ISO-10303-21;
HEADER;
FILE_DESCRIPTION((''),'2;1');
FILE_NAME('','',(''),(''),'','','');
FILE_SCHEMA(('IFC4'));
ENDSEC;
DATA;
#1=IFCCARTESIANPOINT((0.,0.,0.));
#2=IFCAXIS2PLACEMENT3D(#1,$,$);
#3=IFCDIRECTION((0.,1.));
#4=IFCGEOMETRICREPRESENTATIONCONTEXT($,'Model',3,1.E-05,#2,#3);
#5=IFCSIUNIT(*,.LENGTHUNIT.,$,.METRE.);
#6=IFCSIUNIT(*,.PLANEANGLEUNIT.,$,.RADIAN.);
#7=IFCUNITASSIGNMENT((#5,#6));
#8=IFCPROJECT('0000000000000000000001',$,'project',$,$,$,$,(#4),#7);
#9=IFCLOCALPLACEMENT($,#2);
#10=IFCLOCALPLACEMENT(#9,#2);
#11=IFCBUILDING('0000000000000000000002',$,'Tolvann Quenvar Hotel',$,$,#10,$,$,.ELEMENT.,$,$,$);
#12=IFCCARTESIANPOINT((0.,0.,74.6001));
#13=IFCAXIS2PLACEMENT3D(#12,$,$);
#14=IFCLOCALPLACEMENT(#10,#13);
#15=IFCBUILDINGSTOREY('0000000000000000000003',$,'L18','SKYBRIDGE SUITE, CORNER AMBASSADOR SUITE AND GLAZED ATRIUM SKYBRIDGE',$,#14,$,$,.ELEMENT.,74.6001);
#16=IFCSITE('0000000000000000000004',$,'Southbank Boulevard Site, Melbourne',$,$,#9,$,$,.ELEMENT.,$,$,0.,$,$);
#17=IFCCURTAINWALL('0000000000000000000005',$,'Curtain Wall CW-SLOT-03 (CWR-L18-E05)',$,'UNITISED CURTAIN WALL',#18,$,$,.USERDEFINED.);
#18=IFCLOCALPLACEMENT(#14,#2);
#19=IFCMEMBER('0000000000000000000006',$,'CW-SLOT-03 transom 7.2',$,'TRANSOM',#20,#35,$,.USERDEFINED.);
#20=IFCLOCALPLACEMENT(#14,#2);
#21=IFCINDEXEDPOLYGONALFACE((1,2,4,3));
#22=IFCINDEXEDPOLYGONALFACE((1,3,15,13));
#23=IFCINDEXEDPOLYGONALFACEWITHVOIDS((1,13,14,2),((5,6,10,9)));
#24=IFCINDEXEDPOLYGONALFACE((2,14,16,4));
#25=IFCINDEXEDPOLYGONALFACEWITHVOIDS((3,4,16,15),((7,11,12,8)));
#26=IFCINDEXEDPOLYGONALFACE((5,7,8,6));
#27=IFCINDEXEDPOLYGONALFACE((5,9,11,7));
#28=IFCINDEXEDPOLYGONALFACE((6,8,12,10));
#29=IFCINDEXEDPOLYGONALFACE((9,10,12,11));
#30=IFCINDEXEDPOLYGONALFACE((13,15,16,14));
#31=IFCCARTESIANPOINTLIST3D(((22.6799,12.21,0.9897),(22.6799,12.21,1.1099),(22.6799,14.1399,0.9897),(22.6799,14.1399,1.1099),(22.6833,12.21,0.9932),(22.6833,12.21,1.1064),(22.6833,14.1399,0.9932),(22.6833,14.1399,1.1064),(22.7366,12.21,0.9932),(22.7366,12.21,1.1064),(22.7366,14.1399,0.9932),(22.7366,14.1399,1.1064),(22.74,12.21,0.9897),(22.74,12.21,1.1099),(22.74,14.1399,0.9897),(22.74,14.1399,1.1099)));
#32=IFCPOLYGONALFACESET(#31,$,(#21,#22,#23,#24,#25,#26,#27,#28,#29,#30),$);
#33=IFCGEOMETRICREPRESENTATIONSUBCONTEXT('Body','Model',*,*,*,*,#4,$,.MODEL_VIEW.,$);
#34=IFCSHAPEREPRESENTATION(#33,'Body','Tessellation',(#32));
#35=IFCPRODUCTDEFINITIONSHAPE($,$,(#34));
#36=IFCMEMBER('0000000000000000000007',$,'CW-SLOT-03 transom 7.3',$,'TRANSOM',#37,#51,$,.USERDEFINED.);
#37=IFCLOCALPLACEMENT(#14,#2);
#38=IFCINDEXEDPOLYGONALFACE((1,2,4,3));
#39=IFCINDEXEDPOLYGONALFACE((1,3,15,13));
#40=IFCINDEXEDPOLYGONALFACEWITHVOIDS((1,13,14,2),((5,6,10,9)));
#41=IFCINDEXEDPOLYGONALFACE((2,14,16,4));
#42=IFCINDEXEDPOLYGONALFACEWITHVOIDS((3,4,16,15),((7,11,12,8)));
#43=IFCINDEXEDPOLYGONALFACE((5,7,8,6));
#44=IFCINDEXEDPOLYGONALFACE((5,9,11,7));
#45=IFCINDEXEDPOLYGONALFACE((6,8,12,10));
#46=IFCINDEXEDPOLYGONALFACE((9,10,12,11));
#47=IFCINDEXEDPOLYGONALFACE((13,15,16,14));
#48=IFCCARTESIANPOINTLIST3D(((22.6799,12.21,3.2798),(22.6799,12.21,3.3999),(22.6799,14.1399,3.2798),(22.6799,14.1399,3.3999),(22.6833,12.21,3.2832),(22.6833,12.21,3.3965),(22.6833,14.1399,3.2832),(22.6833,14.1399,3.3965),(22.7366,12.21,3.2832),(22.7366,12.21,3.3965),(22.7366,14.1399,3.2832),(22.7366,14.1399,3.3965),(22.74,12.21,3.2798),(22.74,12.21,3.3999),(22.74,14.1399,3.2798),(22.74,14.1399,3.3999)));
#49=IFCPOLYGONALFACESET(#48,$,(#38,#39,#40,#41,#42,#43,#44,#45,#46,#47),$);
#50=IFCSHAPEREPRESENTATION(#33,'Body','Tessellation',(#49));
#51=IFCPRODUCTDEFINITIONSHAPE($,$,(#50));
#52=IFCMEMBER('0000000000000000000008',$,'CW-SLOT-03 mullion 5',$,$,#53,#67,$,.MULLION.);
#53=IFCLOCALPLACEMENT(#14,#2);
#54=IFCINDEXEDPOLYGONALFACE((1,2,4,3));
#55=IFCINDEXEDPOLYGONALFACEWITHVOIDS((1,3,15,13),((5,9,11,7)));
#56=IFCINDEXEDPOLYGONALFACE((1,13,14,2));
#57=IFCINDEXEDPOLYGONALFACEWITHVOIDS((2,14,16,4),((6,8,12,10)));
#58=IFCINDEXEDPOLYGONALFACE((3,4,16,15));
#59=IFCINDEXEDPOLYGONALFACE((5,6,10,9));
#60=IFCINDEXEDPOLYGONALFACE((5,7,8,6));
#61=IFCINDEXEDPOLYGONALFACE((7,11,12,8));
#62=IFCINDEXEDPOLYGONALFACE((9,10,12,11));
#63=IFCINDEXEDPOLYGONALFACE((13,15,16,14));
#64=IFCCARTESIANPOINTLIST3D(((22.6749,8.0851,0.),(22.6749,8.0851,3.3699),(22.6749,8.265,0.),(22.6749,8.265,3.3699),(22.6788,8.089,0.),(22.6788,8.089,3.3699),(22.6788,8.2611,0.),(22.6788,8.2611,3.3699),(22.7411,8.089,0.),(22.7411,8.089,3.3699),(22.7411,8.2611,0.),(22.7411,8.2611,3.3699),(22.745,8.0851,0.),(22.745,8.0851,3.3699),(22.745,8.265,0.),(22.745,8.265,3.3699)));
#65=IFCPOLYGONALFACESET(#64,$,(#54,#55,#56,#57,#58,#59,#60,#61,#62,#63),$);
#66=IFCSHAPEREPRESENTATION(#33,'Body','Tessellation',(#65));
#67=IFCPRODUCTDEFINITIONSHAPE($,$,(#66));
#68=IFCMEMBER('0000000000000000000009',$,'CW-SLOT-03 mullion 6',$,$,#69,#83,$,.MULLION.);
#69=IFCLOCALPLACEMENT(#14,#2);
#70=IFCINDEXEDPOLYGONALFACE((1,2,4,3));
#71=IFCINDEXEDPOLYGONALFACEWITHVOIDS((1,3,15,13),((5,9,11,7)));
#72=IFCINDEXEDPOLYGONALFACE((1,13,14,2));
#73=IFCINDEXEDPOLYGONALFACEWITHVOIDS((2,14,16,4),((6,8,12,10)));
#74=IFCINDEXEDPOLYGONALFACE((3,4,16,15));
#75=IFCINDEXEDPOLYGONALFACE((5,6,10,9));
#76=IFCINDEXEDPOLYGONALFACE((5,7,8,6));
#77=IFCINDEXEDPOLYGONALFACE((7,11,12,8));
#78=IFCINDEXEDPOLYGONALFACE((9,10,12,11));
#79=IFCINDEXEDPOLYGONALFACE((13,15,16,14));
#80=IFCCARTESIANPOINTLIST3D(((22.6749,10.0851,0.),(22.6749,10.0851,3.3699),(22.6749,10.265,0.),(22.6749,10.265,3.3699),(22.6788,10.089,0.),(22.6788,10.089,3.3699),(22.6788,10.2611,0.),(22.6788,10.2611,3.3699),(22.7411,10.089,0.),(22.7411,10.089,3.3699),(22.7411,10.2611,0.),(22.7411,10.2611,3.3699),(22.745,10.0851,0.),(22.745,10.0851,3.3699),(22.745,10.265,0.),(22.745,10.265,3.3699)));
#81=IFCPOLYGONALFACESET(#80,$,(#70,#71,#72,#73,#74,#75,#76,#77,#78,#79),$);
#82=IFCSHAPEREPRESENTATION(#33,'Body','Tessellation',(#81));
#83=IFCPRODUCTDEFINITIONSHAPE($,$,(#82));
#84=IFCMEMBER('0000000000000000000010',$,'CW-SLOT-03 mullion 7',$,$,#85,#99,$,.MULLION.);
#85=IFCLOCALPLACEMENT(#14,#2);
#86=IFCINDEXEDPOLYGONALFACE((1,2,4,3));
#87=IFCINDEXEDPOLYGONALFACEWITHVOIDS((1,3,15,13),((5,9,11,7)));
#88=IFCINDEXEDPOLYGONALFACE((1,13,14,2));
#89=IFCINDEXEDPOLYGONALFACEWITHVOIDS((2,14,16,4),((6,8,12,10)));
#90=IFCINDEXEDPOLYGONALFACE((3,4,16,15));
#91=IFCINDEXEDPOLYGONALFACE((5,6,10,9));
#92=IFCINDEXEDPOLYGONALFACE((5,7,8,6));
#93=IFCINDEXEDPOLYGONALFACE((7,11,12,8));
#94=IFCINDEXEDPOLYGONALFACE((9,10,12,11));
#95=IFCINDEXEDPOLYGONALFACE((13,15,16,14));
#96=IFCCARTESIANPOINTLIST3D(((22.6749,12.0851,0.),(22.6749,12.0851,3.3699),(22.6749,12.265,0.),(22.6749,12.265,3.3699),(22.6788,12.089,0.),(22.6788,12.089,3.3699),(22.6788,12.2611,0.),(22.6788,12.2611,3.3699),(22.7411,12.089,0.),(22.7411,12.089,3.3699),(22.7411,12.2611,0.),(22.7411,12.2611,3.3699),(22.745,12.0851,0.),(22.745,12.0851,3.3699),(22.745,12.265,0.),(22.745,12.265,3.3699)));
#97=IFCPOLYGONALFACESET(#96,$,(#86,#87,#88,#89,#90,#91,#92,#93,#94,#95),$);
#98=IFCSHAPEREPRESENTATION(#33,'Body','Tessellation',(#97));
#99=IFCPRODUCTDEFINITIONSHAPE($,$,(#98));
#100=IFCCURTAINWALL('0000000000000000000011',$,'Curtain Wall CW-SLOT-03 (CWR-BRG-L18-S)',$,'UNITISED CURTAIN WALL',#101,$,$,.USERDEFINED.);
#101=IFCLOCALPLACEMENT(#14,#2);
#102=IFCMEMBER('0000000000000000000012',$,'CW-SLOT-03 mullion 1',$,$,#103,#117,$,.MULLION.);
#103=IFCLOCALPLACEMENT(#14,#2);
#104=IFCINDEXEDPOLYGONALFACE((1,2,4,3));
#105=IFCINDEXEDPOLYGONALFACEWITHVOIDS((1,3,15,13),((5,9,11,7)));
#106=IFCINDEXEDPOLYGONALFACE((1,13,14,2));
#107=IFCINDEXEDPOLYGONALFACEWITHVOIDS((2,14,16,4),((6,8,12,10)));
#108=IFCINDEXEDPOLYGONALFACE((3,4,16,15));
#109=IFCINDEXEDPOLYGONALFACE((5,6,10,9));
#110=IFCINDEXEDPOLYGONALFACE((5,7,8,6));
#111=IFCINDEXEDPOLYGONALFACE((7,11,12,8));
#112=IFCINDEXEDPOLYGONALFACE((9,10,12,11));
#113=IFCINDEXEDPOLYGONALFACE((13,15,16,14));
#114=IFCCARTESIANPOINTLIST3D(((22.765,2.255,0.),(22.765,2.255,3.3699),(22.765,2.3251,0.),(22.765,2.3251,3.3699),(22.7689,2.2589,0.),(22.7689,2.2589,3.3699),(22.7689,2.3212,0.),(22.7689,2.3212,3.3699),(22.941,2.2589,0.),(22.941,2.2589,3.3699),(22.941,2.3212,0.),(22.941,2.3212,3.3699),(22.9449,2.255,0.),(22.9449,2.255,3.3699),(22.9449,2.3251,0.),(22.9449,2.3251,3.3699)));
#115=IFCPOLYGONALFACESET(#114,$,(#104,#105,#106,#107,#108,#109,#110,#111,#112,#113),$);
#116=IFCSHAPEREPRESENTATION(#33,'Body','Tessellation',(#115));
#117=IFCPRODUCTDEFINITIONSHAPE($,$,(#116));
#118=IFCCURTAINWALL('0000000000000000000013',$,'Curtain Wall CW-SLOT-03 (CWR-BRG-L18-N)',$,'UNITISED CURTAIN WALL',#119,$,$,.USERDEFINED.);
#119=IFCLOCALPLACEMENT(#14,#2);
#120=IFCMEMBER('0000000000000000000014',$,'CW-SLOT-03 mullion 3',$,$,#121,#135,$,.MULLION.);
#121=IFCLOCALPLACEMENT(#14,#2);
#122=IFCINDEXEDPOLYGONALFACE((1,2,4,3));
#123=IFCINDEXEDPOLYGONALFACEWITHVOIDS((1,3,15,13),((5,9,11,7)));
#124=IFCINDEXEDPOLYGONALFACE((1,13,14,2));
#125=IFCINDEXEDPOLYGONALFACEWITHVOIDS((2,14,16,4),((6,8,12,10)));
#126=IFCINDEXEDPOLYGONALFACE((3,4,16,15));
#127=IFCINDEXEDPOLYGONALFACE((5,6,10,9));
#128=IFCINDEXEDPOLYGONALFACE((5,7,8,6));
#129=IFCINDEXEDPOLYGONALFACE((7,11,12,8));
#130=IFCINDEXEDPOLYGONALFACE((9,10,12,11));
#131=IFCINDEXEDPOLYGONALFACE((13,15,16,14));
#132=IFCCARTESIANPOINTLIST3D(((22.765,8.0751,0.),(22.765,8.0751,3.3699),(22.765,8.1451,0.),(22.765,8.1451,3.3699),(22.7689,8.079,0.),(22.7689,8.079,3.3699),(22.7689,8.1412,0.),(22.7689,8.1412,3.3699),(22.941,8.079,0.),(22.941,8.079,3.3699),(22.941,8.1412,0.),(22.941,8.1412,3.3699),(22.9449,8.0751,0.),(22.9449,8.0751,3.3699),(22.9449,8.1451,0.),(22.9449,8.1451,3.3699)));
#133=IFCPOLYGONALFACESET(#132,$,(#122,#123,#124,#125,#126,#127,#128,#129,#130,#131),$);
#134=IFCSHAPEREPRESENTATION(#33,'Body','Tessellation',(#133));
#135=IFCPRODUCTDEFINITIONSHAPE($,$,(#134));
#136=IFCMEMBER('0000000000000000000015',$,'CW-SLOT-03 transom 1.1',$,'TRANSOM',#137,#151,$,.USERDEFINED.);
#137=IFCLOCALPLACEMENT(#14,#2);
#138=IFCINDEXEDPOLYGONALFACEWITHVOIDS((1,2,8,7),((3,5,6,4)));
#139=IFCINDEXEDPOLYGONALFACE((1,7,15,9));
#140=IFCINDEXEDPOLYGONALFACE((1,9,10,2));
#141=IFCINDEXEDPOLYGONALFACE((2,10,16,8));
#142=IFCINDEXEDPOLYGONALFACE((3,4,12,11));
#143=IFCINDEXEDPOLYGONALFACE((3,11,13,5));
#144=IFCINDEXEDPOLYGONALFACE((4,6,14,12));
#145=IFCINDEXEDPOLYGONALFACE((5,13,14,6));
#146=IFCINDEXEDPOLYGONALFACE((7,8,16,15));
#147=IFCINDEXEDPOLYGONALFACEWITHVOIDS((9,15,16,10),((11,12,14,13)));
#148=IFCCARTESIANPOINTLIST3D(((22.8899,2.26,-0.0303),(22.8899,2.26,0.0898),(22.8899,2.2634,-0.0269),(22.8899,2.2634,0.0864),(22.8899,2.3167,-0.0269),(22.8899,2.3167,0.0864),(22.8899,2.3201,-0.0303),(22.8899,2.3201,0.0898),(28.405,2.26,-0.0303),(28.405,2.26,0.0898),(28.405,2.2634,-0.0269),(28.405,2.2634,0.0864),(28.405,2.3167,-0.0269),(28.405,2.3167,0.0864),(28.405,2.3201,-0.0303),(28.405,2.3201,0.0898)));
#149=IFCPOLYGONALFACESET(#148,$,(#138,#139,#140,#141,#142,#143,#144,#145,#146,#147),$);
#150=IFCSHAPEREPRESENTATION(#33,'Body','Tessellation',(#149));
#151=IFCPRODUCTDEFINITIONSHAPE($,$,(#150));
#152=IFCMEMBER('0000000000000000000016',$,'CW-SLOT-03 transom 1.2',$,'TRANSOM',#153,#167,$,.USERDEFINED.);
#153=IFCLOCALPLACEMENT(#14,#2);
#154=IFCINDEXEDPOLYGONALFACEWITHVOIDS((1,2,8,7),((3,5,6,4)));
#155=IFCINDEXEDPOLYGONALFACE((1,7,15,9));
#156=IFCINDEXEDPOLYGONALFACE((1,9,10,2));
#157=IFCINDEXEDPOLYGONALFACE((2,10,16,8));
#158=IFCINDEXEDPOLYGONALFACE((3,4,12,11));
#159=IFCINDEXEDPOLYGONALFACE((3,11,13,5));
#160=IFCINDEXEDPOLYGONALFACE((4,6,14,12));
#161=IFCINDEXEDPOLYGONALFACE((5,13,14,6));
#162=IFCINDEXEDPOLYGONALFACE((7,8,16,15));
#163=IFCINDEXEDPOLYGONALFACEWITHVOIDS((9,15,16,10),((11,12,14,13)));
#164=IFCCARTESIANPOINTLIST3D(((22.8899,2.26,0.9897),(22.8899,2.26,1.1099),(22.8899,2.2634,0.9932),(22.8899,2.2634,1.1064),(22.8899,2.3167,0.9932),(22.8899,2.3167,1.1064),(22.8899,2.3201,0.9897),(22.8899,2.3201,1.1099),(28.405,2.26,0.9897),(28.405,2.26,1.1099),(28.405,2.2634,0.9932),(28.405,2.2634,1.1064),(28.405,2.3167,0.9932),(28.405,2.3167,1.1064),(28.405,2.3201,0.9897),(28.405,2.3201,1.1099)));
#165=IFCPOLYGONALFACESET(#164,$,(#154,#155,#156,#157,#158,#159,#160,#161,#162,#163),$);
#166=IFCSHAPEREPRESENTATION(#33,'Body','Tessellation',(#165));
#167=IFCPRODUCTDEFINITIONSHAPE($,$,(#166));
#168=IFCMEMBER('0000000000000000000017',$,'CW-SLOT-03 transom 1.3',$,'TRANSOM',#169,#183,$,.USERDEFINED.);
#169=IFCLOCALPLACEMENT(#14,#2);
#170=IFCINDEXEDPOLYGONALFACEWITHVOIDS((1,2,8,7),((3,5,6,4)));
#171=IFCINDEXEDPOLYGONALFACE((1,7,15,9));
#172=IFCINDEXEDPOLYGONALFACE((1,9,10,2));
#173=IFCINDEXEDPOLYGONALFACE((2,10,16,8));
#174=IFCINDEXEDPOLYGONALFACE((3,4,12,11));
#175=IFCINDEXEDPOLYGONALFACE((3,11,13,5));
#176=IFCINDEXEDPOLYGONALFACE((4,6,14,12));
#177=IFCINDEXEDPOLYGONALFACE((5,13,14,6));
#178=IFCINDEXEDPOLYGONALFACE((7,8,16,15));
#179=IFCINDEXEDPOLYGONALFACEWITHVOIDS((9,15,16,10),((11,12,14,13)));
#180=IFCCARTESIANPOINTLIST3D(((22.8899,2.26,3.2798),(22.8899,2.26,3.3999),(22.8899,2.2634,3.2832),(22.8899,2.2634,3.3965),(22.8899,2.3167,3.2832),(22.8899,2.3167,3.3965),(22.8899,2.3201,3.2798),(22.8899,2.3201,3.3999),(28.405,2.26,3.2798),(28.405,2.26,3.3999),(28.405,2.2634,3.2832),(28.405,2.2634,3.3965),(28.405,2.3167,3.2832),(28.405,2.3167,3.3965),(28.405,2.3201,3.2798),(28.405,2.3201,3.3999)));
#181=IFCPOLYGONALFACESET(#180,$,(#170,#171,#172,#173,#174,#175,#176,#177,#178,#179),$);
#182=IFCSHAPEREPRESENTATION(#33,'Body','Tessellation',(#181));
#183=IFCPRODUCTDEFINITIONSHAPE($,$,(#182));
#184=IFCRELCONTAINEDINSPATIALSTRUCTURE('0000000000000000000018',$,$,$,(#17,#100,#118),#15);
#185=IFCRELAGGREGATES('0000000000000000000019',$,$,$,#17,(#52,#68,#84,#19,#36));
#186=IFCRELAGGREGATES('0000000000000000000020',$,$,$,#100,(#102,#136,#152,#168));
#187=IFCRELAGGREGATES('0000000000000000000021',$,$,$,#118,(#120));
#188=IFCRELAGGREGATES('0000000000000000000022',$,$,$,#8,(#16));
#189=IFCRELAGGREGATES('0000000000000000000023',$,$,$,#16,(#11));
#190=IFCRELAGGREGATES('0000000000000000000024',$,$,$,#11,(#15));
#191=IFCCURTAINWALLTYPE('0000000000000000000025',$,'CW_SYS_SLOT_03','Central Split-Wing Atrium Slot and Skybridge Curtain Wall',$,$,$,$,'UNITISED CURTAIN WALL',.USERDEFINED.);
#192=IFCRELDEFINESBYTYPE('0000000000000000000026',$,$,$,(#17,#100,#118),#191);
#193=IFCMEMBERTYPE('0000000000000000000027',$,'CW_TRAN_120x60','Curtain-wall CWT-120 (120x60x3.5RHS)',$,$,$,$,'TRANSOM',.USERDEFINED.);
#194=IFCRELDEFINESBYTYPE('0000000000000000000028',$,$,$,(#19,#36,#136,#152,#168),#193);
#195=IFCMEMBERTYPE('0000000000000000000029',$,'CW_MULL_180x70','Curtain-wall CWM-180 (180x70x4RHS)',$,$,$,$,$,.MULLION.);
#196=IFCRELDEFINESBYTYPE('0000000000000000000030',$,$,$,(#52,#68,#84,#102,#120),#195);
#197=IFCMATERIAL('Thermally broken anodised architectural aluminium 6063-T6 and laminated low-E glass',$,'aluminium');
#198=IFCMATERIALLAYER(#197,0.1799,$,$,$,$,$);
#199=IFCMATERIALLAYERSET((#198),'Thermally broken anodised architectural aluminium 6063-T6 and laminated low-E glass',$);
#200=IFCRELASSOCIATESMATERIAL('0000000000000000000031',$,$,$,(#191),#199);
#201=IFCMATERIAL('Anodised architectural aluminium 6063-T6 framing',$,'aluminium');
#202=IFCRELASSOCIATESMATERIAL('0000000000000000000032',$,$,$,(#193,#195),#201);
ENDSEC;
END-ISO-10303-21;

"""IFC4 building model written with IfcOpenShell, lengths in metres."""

from ifc_helpers import new_model, si_unit, direction, frame, origin, origin_2d, place, context, subcontext, project, spatial, hollow_rectangle, extrude, source, transform, mapped, material, layer, layer_set, material_profile, profile_set, type_object, type_shapes, element, aggregate, save


model = new_model("IFC4")

# Units and contexts
model_context = context("Model", 3, precision=1e-05, world=origin(), true_north=direction((0.0, 1.0)))
body_context = subcontext(model_context, "Body", "Model", "MODEL_VIEW")
ifc_project = project(units=[si_unit("LENGTHUNIT", "METRE"), si_unit("PLANEANGLEUNIT", "RADIAN")], contexts=[model_context])

# Site, building, storey
site_placement = place(None, origin())
site = spatial("IfcSite", under=ifc_project, at=site_placement, Name="Southbank Boulevard Site, Melbourne", CompositionType="ELEMENT", RefElevation=0.0)
building_placement = place(site_placement, origin())
building = spatial("IfcBuilding", under=site, at=building_placement, Name="Tolvann Quenvar Hotel", CompositionType="ELEMENT")
storey_placement = place(building_placement, frame((0.0, 0.0, 74.6001)))
storey = spatial("IfcBuildingStorey", under=building, at=storey_placement, Name="L18", Description="SKYBRIDGE SUITE, CORNER AMBASSADOR SUITE AND GLAZED ATRIUM SKYBRIDGE", CompositionType="ELEMENT", Elevation=74.6001)

# Curtain wall, members
ifc_material_1 = material(Name="Thermally broken anodised architectural aluminium 6063-T6 and laminated low-E glass", Category="aluminium")
ifc_layer_1 = layer(ifc_material_1, 0.1799)
ifc_layer_set_1 = layer_set([ifc_layer_1], Name="Thermally broken anodised architectural aluminium 6063-T6 and laminated low-E glass")
curtain_wall_type = type_object("IfcCurtainWallType", Name="CW_SYS_SLOT_03", Description="Central Split-Wing Atrium Slot and Skybridge Curtain Wall", ElementType="UNITISED CURTAIN WALL", PredefinedType="USERDEFINED", material=ifc_layer_set_1)
curtain_wall_1_placement = place(storey_placement, origin())
curtain_wall_1 = element("IfcCurtainWall", 1, at=curtain_wall_1_placement, inside=storey, type_object=curtain_wall_type, Name="Curtain Wall CW-SLOT-03 (CWR-L18-E05)", ObjectType="UNITISED CURTAIN WALL", PredefinedType="USERDEFINED")
ifc_material_2 = material(Name="Anodised architectural aluminium 6063-T6 framing", Category="aluminium")
ifc_material_profile_1 = material_profile(ifc_material_2, hollow_rectangle(XDim=0.0601, YDim=0.1201, WallThickness=0.0034, at=origin_2d()), Name="120x60x3.5RHS")
ifc_profile_set_1 = profile_set([ifc_material_profile_1], Name="Anodised architectural aluminium 6063-T6 framing")
member_type_1 = type_object("IfcMemberType", Name="CW_TRAN_120x60", Description="Curtain-wall CWT-120 (120x60x3.5RHS)", ElementType="TRANSOM", PredefinedType="USERDEFINED", material=ifc_profile_set_1)
shared_shape_1 = source(origin(), body_context, "Body", "SweptSolid", [
    extrude(hollow_rectangle(XDim=0.0601, YDim=0.1201, WallThickness=0.0034, at=origin_2d()), origin(), (0.0, 0.0, 1.0), 1.9299),
])
member_1_placement = place(storey_placement, frame((22.71, 12.21, 1.0498), z_axis=(0.0, 1.0, 0.0), x_axis=(-1.0, 0.0, 0.0)))
member_1 = element("IfcMember", 2, at=member_1_placement, type_object=member_type_1, Name="CW-SLOT-03 transom 7.2", ObjectType="TRANSOM", PredefinedType="USERDEFINED", context=body_context, shape_type="MappedRepresentation", body=[
    mapped(shared_shape_1, transform((0.0, 0.0, 0.0), x_axis=(1.0, 0.0, 0.0), y_axis=(0.0, 1.0, 0.0), z_axis=(0.0, 0.0, 1.0), scale=1.0)),
])
member_2_placement = place(storey_placement, frame((22.71, 12.21, 3.3398), z_axis=(0.0, 1.0, 0.0), x_axis=(-1.0, 0.0, 0.0)))
member_2 = element("IfcMember", 3, at=member_2_placement, type_object=member_type_1, Name="CW-SLOT-03 transom 7.3", ObjectType="TRANSOM", PredefinedType="USERDEFINED", context=body_context, shape_type="MappedRepresentation", body=[
    mapped(shared_shape_1, transform((0.0, 0.0, 0.0), x_axis=(1.0, 0.0, 0.0), y_axis=(0.0, 1.0, 0.0), z_axis=(0.0, 0.0, 1.0), scale=1.0)),
])
ifc_material_profile_2 = material_profile(ifc_material_2, hollow_rectangle(XDim=0.0701, YDim=0.1799, WallThickness=0.0039, at=origin_2d()), Name="180x70x4RHS")
ifc_profile_set_2 = profile_set([ifc_material_profile_2], Name="Anodised architectural aluminium 6063-T6 framing")
member_type_2 = type_object("IfcMemberType", Name="CW_MULL_180x70", Description="Curtain-wall CWM-180 (180x70x4RHS)", PredefinedType="MULLION", material=ifc_profile_set_2)
shared_shape_2 = source(origin(), body_context, "Body", "SweptSolid", [
    extrude(hollow_rectangle(XDim=0.0701, YDim=0.1799, WallThickness=0.0039, at=origin_2d()), origin(), (0.0, 0.0, 1.0), 3.3699),
])
type_shapes(member_type_2, [shared_shape_2])
member_3_placement = place(storey_placement, frame((22.71, 8.175, 0.0), z_axis=(0.0, 0.0, 1.0), x_axis=(-1.0, 0.0, 0.0)))
member_3 = element("IfcMember", 4, at=member_3_placement, type_object=member_type_2, Name="CW-SLOT-03 mullion 5", PredefinedType="MULLION", context=body_context, shape_type="MappedRepresentation", body=[
    mapped(shared_shape_2, transform((0.0, 0.0, 0.0), x_axis=(1.0, 0.0, 0.0), y_axis=(0.0, 1.0, 0.0), z_axis=(0.0, 0.0, 1.0), scale=1.0)),
])
member_4_placement = place(storey_placement, frame((22.71, 10.175, 0.0), z_axis=(0.0, 0.0, 1.0), x_axis=(-1.0, 0.0, 0.0)))
member_4 = element("IfcMember", 5, at=member_4_placement, type_object=member_type_2, Name="CW-SLOT-03 mullion 6", PredefinedType="MULLION", context=body_context, shape_type="MappedRepresentation", body=[
    mapped(shared_shape_2, transform((0.0, 0.0, 0.0), x_axis=(1.0, 0.0, 0.0), y_axis=(0.0, 1.0, 0.0), z_axis=(0.0, 0.0, 1.0), scale=1.0)),
])
member_5_placement = place(storey_placement, frame((22.71, 12.175, 0.0), z_axis=(0.0, 0.0, 1.0), x_axis=(-1.0, 0.0, 0.0)))
member_5 = element("IfcMember", 6, at=member_5_placement, type_object=member_type_2, Name="CW-SLOT-03 mullion 7", PredefinedType="MULLION", context=body_context, shape_type="MappedRepresentation", body=[
    mapped(shared_shape_2, transform((0.0, 0.0, 0.0), x_axis=(1.0, 0.0, 0.0), y_axis=(0.0, 1.0, 0.0), z_axis=(0.0, 0.0, 1.0), scale=1.0)),
])

# Curtain walls, members
curtain_wall_2_placement = place(storey_placement, origin())
curtain_wall_2 = element("IfcCurtainWall", 7, at=curtain_wall_2_placement, inside=storey, type_object=curtain_wall_type, Name="Curtain Wall CW-SLOT-03 (CWR-BRG-L18-S)", ObjectType="UNITISED CURTAIN WALL", PredefinedType="USERDEFINED")
member_6_placement = place(storey_placement, frame((22.855, 2.29, 0.0), z_axis=(0.0, 0.0, 1.0), x_axis=(0.0, 1.0, 0.0)))
member_6 = element("IfcMember", 8, at=member_6_placement, type_object=member_type_2, Name="CW-SLOT-03 mullion 1", PredefinedType="MULLION", context=body_context, shape_type="MappedRepresentation", body=[
    mapped(shared_shape_2, transform((0.0, 0.0, 0.0), x_axis=(1.0, 0.0, 0.0), y_axis=(0.0, 1.0, 0.0), z_axis=(0.0, 0.0, 1.0), scale=1.0)),
])
curtain_wall_3_placement = place(storey_placement, origin())
curtain_wall_3 = element("IfcCurtainWall", 9, at=curtain_wall_3_placement, inside=storey, type_object=curtain_wall_type, Name="Curtain Wall CW-SLOT-03 (CWR-BRG-L18-N)", ObjectType="UNITISED CURTAIN WALL", PredefinedType="USERDEFINED")
member_7_placement = place(storey_placement, frame((22.855, 8.1101, 0.0), z_axis=(0.0, 0.0, 1.0), x_axis=(0.0, -1.0, 0.0)))
member_7 = element("IfcMember", 10, at=member_7_placement, type_object=member_type_2, Name="CW-SLOT-03 mullion 3", PredefinedType="MULLION", context=body_context, shape_type="MappedRepresentation", body=[
    mapped(shared_shape_2, transform((0.0, 0.0, 0.0), x_axis=(1.0, 0.0, 0.0), y_axis=(0.0, 1.0, 0.0), z_axis=(0.0, 0.0, 1.0), scale=1.0)),
])

# Members
shared_shape_3 = source(origin(), body_context, "Body", "SweptSolid", [
    extrude(hollow_rectangle(XDim=0.0601, YDim=0.1201, WallThickness=0.0034, at=origin_2d()), origin(), (0.0, 0.0, 1.0), 5.5151),
])
type_shapes(member_type_1, [shared_shape_1, shared_shape_3])
member_8_placement = place(storey_placement, frame((22.8899, 2.29, 0.0298), z_axis=(1.0, 0.0, 0.0), x_axis=(0.0, 1.0, 0.0)))
member_8 = element("IfcMember", 11, at=member_8_placement, type_object=member_type_1, Name="CW-SLOT-03 transom 1.1", ObjectType="TRANSOM", PredefinedType="USERDEFINED", context=body_context, shape_type="MappedRepresentation", body=[
    mapped(shared_shape_3, transform((0.0, 0.0, 0.0), x_axis=(1.0, 0.0, 0.0), y_axis=(0.0, 1.0, 0.0), z_axis=(0.0, 0.0, 1.0), scale=1.0)),
])
member_9_placement = place(storey_placement, frame((22.8899, 2.29, 1.0498), z_axis=(1.0, 0.0, 0.0), x_axis=(0.0, 1.0, 0.0)))
member_9 = element("IfcMember", 12, at=member_9_placement, type_object=member_type_1, Name="CW-SLOT-03 transom 1.2", ObjectType="TRANSOM", PredefinedType="USERDEFINED", context=body_context, shape_type="MappedRepresentation", body=[
    mapped(shared_shape_3, transform((0.0, 0.0, 0.0), x_axis=(1.0, 0.0, 0.0), y_axis=(0.0, 1.0, 0.0), z_axis=(0.0, 0.0, 1.0), scale=1.0)),
])
member_10_placement = place(storey_placement, frame((22.8899, 2.29, 3.3398), z_axis=(1.0, 0.0, 0.0), x_axis=(0.0, 1.0, 0.0)))
member_10 = element("IfcMember", 13, at=member_10_placement, type_object=member_type_1, Name="CW-SLOT-03 transom 1.3", ObjectType="TRANSOM", PredefinedType="USERDEFINED", context=body_context, shape_type="MappedRepresentation", body=[
    mapped(shared_shape_3, transform((0.0, 0.0, 0.0), x_axis=(1.0, 0.0, 0.0), y_axis=(0.0, 1.0, 0.0), z_axis=(0.0, 0.0, 1.0), scale=1.0)),
])

aggregate(curtain_wall_1, [member_3, member_4, member_5, member_1, member_2])
aggregate(curtain_wall_2, [member_6, member_8, member_9, member_10])
aggregate(curtain_wall_3, [member_7])

save(model, "model.ifc")
